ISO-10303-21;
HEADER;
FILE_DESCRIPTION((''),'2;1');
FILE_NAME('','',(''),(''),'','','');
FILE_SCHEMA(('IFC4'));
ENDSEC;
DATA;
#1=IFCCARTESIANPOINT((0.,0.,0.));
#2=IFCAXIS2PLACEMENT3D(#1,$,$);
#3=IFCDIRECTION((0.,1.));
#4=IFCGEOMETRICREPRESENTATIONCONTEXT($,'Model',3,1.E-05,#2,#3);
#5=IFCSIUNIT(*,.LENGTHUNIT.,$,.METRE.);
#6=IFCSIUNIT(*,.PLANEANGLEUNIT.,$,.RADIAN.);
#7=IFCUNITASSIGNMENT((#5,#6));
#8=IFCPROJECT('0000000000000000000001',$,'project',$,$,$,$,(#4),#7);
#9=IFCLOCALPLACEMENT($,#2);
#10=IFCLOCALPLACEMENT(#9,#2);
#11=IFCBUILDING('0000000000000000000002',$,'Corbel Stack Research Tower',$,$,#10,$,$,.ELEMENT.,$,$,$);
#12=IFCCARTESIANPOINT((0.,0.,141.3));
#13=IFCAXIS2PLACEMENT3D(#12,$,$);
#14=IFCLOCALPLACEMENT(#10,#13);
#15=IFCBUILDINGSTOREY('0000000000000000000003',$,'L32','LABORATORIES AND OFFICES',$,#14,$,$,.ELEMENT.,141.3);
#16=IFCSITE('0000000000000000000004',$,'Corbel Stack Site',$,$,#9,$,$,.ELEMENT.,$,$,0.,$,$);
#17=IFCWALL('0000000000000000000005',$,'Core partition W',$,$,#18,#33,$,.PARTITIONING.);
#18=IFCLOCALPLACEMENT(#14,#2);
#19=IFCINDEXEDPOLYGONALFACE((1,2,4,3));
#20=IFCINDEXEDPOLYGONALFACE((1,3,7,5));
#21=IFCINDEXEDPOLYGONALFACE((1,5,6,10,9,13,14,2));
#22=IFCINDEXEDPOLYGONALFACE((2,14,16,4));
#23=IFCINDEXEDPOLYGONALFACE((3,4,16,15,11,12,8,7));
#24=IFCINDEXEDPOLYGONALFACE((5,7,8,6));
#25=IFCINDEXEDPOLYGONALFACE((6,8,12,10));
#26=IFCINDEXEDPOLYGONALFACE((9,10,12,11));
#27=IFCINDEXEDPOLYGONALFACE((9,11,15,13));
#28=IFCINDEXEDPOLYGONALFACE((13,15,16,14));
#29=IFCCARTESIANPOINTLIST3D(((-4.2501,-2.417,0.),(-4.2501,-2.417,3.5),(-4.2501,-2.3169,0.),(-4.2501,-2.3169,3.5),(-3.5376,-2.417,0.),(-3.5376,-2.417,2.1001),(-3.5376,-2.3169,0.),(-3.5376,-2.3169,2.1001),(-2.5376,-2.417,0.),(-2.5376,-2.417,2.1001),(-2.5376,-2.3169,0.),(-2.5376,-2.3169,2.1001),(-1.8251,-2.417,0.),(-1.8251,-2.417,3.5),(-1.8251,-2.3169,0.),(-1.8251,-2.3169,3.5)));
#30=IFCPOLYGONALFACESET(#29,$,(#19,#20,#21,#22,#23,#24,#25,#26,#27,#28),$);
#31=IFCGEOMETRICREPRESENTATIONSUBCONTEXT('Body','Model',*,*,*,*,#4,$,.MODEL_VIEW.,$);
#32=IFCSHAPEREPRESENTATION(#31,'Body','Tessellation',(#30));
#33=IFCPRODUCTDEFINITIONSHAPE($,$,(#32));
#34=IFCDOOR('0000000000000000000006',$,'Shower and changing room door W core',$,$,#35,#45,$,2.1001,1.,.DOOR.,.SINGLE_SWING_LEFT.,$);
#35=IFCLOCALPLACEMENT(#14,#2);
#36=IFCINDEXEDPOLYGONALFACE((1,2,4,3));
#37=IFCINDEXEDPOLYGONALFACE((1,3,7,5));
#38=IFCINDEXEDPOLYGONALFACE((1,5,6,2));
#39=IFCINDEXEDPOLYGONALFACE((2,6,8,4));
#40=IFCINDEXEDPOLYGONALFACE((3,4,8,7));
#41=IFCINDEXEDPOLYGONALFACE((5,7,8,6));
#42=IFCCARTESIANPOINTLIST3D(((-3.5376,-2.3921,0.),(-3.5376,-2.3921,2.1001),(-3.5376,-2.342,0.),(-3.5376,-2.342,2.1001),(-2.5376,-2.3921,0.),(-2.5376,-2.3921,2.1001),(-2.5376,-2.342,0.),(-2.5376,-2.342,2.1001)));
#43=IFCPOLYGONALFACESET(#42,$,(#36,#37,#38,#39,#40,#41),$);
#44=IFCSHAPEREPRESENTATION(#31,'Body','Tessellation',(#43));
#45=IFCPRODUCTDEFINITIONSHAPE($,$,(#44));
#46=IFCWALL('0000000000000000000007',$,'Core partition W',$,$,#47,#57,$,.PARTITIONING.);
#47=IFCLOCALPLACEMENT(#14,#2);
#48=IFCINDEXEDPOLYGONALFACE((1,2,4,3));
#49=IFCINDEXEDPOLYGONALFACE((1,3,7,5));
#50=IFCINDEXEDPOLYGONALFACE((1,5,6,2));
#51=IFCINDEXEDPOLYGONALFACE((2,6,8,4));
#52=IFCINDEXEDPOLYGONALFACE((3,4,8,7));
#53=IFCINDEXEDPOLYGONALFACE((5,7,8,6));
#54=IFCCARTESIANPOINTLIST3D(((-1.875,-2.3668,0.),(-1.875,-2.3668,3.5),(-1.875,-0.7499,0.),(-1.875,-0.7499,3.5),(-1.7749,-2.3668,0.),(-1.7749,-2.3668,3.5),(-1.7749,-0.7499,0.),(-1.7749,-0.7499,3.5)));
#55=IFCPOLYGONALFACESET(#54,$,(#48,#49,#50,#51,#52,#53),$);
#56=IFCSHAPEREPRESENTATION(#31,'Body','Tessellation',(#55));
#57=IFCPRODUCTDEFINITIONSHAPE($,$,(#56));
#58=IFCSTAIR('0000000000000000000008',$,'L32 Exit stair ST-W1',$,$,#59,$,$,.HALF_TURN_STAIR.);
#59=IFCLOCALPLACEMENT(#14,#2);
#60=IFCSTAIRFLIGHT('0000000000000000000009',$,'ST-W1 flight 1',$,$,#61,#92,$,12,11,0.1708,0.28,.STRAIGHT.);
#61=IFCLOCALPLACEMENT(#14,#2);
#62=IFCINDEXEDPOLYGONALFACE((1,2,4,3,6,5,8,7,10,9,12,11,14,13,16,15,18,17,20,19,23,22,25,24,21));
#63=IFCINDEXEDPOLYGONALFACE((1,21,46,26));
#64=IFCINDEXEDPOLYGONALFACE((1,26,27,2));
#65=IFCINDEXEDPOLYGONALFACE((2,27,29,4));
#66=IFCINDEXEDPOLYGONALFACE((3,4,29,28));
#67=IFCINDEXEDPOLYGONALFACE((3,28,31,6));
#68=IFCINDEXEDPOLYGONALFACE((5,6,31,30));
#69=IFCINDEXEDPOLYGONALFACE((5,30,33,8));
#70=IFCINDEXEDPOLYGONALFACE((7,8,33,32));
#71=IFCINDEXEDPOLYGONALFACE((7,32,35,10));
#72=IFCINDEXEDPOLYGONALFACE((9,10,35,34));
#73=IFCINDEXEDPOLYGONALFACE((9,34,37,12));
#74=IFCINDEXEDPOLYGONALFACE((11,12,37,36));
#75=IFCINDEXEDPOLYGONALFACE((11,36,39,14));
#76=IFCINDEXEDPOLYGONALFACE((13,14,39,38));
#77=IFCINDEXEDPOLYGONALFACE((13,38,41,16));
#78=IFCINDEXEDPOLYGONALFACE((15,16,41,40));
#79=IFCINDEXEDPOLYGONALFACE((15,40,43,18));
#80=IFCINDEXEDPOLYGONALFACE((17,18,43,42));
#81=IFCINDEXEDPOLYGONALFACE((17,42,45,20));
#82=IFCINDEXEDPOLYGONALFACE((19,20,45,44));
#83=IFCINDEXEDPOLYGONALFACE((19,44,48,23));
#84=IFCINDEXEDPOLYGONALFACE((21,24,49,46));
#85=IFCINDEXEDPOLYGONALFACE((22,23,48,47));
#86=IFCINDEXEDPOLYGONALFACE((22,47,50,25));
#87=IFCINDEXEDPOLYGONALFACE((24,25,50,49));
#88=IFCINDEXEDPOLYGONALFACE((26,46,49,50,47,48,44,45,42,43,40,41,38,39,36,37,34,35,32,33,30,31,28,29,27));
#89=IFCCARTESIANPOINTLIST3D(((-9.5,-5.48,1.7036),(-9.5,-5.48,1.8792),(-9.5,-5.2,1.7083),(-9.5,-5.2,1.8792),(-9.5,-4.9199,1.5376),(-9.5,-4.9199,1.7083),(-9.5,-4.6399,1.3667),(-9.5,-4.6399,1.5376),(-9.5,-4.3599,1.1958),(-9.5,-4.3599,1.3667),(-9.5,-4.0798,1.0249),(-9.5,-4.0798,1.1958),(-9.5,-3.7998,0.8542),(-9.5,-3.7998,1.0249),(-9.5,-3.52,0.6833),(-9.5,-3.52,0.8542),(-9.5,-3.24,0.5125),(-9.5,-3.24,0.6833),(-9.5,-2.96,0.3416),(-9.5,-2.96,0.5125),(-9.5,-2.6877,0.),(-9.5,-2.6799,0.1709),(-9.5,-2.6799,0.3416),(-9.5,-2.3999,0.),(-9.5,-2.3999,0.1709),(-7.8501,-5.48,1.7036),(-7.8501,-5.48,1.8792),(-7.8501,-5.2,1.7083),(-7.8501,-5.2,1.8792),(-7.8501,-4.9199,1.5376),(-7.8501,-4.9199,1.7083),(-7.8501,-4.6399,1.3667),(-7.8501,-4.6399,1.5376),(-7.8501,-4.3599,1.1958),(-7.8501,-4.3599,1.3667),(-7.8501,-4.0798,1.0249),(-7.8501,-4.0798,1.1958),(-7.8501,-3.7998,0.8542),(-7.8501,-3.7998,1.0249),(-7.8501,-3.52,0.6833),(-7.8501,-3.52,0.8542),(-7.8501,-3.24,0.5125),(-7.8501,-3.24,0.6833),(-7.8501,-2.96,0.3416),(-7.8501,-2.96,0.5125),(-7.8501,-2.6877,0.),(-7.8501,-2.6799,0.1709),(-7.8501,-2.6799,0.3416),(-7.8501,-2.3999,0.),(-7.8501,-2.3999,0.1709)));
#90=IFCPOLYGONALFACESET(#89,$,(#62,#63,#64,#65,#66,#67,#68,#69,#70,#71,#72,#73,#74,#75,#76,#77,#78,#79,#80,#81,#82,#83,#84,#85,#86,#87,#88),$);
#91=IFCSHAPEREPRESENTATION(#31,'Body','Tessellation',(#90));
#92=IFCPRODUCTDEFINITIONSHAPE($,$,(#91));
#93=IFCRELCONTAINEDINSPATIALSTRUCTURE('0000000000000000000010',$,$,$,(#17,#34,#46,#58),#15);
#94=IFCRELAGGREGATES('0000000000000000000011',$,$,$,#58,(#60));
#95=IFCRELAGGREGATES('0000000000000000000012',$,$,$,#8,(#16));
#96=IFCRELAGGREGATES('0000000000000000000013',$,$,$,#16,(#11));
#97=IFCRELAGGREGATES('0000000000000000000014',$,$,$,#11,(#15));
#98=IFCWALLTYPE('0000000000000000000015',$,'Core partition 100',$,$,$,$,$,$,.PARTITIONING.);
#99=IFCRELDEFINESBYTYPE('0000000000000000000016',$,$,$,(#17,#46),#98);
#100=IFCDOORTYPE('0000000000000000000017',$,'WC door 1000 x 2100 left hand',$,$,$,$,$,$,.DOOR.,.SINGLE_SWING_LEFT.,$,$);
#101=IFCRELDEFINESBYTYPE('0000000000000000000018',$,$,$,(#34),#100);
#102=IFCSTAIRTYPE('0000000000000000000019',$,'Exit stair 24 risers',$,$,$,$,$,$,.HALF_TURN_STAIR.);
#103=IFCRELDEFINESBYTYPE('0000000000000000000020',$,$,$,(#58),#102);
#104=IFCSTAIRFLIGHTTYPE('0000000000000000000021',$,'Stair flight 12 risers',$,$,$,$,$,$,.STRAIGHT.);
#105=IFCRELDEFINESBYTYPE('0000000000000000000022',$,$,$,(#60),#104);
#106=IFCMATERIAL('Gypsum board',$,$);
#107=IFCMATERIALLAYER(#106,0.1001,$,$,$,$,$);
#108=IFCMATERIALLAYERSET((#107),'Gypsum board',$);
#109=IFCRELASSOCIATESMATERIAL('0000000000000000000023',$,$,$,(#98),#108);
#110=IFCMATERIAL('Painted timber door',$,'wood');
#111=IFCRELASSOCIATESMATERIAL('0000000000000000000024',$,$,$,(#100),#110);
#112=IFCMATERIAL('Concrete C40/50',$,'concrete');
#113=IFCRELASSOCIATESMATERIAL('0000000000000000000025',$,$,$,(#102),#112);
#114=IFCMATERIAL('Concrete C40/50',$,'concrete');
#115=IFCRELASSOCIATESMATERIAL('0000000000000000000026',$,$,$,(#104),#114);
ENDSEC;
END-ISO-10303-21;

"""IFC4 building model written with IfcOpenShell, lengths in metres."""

from ifc_helpers import new_model, si_unit, direction, frame, frame_2d, origin, place, context, subcontext, project, spatial, polyline, rectangle, outline, extrude, material, layer, layer_set, type_object, element, fill, aggregate, save


model = new_model("IFC4")

# Units and contexts
model_context = context("Model", 3, precision=1e-05, world=origin(), true_north=direction((0.0, 1.0)))
body_context = subcontext(model_context, "Body", "Model", "MODEL_VIEW")
ifc_project = project(units=[si_unit("LENGTHUNIT", "METRE"), si_unit("PLANEANGLEUNIT", "RADIAN")], contexts=[model_context])

# Site, building, storey
site_placement = place(None, origin())
site = spatial("IfcSite", under=ifc_project, at=site_placement, Name="Corbel Stack Site", CompositionType="ELEMENT", RefElevation=0.0)
building_placement = place(site_placement, origin())
building = spatial("IfcBuilding", under=site, at=building_placement, Name="Corbel Stack Research Tower", CompositionType="ELEMENT")
storey_placement = place(building_placement, frame((0.0, 0.0, 141.3)))
storey = spatial("IfcBuildingStorey", under=building, at=storey_placement, Name="L32", Description="LABORATORIES AND OFFICES", CompositionType="ELEMENT", Elevation=141.3)

# Wall, opening, door
ifc_material_1 = material(Name="Gypsum board")
ifc_layer_1 = layer(ifc_material_1, 0.1001)
ifc_layer_set_1 = layer_set([ifc_layer_1], Name="Gypsum board")
wall_type_1 = type_object("IfcWallType", Name="Core partition 100", PredefinedType="PARTITIONING", material=ifc_layer_set_1)
wall_1_placement = place(storey_placement, frame((-4.25, -2.3669, 0.0), z_axis=(0.0, 0.0, 1.0), x_axis=(1.0, 0.0, 0.0)))
wall_1 = element("IfcWall", 1, at=wall_1_placement, inside=storey, type_object=wall_type_1, Name="Core partition W", PredefinedType="PARTITIONING", context=body_context, shape_type="SweptSolid", body=[
    extrude(rectangle(XDim=2.425, YDim=0.1001, at=frame_2d((1.2124, 0.0))), origin(), (0.0, 0.0, 1.0), 3.5),
])
opening_1_placement = place(wall_1_placement, frame((0.7124, 0.0, 0.0)))
opening_1 = element("IfcOpeningElement", 2, at=opening_1_placement, cuts=wall_1, PredefinedType="OPENING", context=body_context, shape_type="SweptSolid", body=[
    extrude(rectangle(XDim=1.0, YDim=2.1001, at=frame_2d((0.5, 1.05))), frame((0.0, 0.0601, 0.0), z_axis=(0.0, -1.0, 0.0), x_axis=(1.0, 0.0, 0.0)), (0.0, 0.0, 1.0), 0.1201),
])
ifc_material_2 = material(Name="Painted timber door", Category="wood")
door_type_1 = type_object("IfcDoorType", Name="WC door 1000 x 2100 left hand", OperationType="SINGLE_SWING_LEFT", PredefinedType="DOOR", material=ifc_material_2)
door_1_placement = place(opening_1_placement, origin())
door_1 = element("IfcDoor", 3, at=door_1_placement, inside=storey, type_object=door_type_1, Name="Shower and changing room door W core", OperationType="SINGLE_SWING_LEFT", OverallHeight=2.1001, OverallWidth=1.0, PredefinedType="DOOR", context=body_context, shape_type="SweptSolid", body=[
    extrude(rectangle(XDim=1.0, YDim=2.1001, at=frame_2d((0.5, 1.05))), frame((0.0, 0.0249, 0.0), z_axis=(0.0, -1.0, 0.0), x_axis=(1.0, 0.0, 0.0)), (0.0, 0.0, 1.0), 0.05),
])
fill(opening_1, door_1)

# Wall
wall_2_placement = place(storey_placement, frame((-1.825, -2.3669, 0.0), z_axis=(0.0, 0.0, 1.0), x_axis=(0.0, 1.0, 0.0)))
element("IfcWall", 4, at=wall_2_placement, inside=storey, type_object=wall_type_1, Name="Core partition W", PredefinedType="PARTITIONING", context=body_context, shape_type="SweptSolid", body=[
    extrude(rectangle(XDim=1.6169, YDim=0.1001, at=frame_2d((0.8086, 0.0))), origin(), (0.0, 0.0, 1.0), 3.5),
])

# Stair, stair flight
ifc_material_3 = material(Name="Concrete C40/50", Category="concrete")
stair_type = type_object("IfcStairType", Name="Exit stair 24 risers", PredefinedType="HALF_TURN_STAIR", material=ifc_material_3)
stair_placement = place(storey_placement, origin())
stair = element("IfcStair", 5, at=stair_placement, inside=storey, type_object=stair_type, Name="L32 Exit stair ST-W1", PredefinedType="HALF_TURN_STAIR")
ifc_material_4 = material(Name="Concrete C40/50", Category="concrete")
stair_flight_type = type_object("IfcStairFlightType", Name="Stair flight 12 risers", PredefinedType="STRAIGHT", material=ifc_material_4)
stair_flight_placement = place(storey_placement, frame((-8.675, -2.3999, 0.0), z_axis=(0.0, 0.0, 1.0), x_axis=(0.0, -1.0, 0.0)))
stair_flight = element("IfcStairFlight", 6, at=stair_flight_placement, type_object=stair_flight_type, Name="ST-W1 flight 1", NumberOfRisers=12, NumberOfTreads=11, PredefinedType="STRAIGHT", RiserHeight=0.1708, TreadLength=0.28, context=body_context, shape_type="SweptSolid", body=[
    extrude(outline(polyline([(0.0, 0.0), (0.0, 0.1709), (0.28, 0.1709), (0.28, 0.3416), (0.5601, 0.3416), (0.5601, 0.5125), (0.8401, 0.5125), (0.8401, 0.6833), (1.1201, 0.6833), (1.1201, 0.8542), (1.3999, 0.8542), (1.3999, 1.0249), (1.6799, 1.0249), (1.6799, 1.1958), (1.96, 1.1958), (1.96, 1.3667), (2.24, 1.3667), (2.24, 1.5376), (2.52, 1.5376), (2.52, 1.7083), (2.8, 1.7083), (2.8, 1.8792), (3.0801, 1.8792), (3.0801, 2.05), (3.0801, 1.7036), (0.2878, 0.0), (0.0, 0.0)])), frame((0.0, 0.825, 0.0), z_axis=(0.0, -1.0, 0.0), x_axis=(1.0, 0.0, 0.0)), (0.0, 0.0, 1.0), 1.6499),
])
aggregate(stair, [stair_flight])

save(model, "model.ifc")
